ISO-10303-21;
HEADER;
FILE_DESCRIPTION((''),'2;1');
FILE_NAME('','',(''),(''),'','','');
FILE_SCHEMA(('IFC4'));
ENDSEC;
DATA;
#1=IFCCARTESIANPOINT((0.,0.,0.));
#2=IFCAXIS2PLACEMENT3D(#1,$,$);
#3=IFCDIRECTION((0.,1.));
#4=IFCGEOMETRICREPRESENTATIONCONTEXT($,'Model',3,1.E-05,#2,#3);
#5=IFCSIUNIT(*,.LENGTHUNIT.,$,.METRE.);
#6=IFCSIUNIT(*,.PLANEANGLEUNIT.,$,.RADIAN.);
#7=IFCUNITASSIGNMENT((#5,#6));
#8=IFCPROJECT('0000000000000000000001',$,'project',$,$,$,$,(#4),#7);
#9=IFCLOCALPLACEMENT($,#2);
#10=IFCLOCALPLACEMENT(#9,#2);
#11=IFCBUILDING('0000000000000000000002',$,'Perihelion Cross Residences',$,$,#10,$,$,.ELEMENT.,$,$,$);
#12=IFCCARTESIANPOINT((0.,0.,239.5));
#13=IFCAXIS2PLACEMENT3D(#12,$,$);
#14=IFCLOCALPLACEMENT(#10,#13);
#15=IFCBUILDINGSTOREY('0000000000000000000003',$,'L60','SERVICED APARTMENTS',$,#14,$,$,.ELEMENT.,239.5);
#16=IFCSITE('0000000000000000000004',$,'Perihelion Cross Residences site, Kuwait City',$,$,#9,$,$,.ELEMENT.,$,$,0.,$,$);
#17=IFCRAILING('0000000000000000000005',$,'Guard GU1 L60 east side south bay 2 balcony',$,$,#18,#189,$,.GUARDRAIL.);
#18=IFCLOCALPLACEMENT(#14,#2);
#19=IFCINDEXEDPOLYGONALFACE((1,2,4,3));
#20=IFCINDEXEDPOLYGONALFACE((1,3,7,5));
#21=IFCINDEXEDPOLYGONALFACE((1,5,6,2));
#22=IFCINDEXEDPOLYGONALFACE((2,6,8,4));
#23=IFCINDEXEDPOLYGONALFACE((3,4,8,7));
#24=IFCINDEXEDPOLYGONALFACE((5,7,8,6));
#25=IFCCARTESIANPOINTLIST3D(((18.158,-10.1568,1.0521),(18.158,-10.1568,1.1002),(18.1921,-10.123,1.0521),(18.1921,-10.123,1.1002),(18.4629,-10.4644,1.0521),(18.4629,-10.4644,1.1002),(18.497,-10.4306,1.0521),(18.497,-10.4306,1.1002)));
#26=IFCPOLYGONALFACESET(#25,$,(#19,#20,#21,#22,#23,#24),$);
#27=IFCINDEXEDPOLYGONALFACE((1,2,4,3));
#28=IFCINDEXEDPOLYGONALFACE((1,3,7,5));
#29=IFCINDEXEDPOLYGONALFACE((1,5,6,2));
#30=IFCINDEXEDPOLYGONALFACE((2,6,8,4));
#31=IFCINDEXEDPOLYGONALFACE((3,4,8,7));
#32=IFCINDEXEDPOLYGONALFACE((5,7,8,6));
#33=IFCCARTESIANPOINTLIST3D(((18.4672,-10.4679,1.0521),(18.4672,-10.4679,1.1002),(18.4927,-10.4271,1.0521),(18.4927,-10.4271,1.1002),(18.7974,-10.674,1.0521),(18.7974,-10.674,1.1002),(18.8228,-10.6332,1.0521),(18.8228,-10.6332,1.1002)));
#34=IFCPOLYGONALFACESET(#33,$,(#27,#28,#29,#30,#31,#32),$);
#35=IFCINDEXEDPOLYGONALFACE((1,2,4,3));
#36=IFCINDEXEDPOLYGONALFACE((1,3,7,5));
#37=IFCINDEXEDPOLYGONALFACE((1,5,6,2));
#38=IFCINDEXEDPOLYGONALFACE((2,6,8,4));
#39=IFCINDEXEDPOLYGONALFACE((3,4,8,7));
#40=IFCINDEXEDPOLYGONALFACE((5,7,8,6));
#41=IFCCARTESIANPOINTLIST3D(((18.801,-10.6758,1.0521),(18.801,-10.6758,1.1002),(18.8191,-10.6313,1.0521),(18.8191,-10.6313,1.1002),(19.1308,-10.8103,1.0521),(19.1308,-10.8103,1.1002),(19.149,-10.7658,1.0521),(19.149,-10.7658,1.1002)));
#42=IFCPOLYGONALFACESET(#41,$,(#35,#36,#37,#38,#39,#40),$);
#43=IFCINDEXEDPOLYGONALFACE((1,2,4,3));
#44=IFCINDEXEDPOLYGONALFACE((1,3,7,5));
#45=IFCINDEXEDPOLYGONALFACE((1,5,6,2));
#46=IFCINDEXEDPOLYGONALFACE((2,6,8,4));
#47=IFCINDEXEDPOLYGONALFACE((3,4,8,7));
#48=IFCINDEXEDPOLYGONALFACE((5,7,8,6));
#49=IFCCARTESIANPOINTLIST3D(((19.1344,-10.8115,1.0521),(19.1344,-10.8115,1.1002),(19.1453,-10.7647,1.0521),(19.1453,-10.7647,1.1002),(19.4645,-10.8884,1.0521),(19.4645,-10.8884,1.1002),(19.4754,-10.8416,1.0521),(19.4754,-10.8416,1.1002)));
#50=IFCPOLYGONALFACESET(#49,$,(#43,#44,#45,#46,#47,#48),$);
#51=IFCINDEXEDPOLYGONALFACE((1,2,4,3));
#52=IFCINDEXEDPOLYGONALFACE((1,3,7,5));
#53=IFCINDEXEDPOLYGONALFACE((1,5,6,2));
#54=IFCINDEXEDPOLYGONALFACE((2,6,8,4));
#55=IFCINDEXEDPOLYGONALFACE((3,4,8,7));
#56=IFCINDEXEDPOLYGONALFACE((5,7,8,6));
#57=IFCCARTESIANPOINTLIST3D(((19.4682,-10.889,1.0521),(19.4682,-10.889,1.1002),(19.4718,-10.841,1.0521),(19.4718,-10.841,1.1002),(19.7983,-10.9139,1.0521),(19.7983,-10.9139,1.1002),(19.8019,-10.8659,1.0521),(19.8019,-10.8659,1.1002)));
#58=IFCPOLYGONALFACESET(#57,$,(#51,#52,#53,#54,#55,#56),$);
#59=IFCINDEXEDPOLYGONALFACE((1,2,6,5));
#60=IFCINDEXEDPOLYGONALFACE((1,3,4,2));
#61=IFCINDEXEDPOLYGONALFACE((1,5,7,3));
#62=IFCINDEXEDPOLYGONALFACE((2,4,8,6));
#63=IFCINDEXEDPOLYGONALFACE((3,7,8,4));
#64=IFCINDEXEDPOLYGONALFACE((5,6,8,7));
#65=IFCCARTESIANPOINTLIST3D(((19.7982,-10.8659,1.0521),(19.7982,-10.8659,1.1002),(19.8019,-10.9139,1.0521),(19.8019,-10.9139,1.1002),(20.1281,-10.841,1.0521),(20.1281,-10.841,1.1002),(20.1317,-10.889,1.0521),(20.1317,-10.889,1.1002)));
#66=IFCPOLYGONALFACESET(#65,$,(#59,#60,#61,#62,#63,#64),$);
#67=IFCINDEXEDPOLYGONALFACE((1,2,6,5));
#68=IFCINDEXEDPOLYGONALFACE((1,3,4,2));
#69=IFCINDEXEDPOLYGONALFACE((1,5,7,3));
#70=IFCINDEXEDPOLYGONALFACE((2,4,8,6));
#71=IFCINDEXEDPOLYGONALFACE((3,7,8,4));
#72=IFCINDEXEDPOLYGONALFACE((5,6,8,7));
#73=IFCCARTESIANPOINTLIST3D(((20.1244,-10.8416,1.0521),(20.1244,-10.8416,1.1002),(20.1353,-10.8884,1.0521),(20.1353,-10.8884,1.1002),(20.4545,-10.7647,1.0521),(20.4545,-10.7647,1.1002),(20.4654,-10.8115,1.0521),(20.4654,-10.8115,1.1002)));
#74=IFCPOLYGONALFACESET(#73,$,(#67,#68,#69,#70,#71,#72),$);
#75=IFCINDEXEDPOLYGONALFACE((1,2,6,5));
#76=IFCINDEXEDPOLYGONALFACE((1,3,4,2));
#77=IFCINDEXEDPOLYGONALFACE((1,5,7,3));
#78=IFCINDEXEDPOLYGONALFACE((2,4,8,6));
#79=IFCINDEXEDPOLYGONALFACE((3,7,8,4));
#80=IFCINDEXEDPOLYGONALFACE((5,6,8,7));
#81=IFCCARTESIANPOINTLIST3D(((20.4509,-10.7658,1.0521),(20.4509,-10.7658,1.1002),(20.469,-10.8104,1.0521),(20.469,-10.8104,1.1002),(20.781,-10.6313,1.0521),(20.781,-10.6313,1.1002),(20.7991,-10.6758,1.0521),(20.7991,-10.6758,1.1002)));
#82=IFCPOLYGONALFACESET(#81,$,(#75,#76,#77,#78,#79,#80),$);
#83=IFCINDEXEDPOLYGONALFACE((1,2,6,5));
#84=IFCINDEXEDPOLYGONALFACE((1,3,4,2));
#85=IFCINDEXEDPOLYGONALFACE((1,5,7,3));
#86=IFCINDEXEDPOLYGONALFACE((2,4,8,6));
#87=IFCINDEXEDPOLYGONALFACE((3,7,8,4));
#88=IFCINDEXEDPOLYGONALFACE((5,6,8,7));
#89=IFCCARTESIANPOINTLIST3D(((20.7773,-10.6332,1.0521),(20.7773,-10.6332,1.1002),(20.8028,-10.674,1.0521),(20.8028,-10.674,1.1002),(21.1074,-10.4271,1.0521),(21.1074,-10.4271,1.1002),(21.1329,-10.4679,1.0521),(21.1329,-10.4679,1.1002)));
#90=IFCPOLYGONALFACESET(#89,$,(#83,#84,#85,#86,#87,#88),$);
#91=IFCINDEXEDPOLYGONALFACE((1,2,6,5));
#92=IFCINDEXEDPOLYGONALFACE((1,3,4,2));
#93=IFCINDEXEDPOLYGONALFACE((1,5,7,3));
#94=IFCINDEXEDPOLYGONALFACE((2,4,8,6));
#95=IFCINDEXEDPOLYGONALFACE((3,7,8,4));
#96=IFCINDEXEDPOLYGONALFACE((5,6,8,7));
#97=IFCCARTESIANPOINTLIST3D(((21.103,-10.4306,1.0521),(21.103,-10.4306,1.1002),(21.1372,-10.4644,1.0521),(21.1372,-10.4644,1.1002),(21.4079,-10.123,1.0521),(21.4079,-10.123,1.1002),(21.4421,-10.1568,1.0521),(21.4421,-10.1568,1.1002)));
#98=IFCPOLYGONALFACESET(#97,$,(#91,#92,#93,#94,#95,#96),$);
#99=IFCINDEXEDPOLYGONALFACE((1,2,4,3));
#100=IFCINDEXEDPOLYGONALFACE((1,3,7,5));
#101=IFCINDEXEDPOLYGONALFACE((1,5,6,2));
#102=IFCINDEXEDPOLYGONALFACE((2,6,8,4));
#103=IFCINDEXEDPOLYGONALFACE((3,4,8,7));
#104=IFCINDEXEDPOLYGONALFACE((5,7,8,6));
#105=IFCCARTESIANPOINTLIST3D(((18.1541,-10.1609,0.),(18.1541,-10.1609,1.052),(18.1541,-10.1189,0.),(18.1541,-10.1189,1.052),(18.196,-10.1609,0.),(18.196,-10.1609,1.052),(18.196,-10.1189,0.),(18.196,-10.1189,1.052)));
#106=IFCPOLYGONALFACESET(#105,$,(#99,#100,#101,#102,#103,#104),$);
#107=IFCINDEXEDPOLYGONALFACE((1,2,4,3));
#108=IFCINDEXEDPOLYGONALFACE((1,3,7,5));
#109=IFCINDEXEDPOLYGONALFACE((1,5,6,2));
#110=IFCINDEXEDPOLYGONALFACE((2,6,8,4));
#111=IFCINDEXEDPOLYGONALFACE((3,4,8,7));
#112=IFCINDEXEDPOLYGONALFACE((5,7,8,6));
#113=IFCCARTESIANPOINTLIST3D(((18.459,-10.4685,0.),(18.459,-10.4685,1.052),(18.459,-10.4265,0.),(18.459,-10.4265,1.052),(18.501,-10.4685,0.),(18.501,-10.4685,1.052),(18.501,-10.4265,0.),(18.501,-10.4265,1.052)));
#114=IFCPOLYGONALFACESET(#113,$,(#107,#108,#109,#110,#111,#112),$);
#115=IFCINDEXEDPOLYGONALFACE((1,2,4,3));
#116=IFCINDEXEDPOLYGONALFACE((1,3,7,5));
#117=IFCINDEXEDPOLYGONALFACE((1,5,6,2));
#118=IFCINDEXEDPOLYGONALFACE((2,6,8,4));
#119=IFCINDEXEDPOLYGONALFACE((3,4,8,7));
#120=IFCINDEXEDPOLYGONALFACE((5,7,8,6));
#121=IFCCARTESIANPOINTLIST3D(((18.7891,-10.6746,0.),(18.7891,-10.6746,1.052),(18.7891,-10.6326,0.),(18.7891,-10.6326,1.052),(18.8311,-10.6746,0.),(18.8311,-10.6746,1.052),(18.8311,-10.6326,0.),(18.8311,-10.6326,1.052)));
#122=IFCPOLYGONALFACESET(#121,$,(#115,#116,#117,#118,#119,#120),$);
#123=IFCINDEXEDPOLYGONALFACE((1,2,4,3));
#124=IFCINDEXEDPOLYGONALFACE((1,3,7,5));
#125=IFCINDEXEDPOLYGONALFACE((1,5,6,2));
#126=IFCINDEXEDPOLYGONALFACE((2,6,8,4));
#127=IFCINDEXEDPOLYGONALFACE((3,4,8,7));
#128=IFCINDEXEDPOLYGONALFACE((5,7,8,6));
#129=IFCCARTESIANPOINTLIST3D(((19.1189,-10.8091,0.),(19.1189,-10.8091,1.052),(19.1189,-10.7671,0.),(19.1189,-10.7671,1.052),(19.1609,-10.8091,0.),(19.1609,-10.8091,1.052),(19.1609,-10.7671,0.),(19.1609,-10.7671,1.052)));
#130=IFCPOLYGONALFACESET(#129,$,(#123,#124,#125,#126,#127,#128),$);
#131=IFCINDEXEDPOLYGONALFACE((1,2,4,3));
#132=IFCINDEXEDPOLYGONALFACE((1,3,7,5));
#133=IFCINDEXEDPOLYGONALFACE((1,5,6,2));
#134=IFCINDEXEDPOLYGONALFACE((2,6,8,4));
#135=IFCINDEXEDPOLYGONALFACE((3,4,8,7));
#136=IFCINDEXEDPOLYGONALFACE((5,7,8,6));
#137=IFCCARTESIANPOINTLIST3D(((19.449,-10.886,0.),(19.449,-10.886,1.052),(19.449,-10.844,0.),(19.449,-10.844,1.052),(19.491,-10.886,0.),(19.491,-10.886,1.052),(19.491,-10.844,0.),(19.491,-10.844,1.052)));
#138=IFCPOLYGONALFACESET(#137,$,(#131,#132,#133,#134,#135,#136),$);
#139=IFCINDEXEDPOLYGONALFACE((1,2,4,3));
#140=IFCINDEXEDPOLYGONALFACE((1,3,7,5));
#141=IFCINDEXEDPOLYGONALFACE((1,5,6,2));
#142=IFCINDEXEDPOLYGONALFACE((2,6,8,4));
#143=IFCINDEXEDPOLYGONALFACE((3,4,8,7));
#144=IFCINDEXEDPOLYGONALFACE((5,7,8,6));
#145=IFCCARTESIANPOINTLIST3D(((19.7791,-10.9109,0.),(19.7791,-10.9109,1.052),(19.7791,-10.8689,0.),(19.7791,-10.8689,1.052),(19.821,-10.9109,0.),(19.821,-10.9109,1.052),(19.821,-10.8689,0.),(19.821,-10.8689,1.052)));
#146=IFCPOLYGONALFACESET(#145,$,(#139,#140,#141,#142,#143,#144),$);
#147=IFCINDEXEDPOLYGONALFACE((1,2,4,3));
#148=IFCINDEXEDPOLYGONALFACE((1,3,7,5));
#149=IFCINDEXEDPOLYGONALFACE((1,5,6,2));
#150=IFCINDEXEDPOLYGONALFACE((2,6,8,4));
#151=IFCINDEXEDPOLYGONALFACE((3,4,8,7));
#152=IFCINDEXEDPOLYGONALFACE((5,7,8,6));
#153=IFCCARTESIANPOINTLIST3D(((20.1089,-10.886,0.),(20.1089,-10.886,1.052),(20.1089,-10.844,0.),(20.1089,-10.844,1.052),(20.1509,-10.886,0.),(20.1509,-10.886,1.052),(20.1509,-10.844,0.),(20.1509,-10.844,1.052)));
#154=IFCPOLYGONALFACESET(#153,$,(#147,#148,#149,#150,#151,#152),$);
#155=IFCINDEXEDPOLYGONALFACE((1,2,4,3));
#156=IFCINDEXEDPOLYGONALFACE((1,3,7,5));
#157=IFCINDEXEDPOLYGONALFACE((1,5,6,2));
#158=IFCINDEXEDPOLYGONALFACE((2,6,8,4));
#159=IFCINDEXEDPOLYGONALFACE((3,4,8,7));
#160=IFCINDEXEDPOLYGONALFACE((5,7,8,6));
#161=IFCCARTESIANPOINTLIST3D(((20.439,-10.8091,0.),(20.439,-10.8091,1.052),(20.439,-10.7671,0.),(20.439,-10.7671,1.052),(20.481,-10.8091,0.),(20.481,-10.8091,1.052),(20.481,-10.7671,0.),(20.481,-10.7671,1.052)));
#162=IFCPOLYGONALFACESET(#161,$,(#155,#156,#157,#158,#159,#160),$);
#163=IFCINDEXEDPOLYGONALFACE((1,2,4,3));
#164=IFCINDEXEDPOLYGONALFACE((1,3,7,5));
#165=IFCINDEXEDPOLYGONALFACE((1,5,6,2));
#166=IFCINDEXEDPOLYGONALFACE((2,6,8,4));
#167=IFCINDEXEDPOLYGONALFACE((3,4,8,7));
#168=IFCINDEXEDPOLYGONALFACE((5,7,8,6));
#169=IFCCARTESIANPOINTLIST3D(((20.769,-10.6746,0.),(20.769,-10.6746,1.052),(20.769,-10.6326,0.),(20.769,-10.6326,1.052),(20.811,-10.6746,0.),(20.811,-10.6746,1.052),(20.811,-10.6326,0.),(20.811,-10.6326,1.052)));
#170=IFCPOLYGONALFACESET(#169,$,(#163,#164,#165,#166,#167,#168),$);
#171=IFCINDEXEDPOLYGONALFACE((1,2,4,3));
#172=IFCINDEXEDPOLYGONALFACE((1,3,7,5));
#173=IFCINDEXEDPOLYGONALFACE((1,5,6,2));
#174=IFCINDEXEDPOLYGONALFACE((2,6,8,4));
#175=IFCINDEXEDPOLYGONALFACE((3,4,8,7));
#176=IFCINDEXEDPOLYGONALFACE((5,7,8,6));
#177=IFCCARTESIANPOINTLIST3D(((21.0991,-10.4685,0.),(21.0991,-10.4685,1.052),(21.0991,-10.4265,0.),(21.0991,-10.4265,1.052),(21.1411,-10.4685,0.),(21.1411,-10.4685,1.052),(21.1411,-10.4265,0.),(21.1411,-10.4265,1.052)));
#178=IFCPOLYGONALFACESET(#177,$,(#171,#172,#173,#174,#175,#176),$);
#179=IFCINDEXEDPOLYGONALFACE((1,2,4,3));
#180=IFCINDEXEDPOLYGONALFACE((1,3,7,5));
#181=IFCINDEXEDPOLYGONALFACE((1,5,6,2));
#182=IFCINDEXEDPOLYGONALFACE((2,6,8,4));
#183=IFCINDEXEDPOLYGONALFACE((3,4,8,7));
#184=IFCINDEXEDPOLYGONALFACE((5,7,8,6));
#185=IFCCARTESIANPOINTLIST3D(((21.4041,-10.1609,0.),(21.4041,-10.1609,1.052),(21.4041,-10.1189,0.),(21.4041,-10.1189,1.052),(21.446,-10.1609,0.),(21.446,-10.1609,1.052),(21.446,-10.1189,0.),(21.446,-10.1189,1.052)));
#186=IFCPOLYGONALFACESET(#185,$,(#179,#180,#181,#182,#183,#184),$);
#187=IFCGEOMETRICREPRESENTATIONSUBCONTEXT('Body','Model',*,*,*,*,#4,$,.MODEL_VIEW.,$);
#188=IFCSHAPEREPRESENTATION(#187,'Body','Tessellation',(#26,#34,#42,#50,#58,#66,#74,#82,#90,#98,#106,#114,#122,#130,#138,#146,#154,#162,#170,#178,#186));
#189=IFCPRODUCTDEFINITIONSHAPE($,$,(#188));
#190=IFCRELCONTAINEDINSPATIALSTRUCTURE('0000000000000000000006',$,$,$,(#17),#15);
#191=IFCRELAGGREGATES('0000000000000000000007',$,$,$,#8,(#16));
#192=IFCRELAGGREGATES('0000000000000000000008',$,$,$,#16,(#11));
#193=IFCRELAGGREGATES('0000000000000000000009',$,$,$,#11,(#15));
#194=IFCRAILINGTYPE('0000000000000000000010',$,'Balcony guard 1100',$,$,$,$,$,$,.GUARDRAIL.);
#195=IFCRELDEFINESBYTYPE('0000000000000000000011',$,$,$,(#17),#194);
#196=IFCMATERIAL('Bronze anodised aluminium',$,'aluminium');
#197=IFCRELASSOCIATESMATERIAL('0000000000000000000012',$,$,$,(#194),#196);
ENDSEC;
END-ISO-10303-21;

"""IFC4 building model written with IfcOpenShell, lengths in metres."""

from ifc_helpers import new_model, si_unit, direction, frame, origin, origin_2d, place, context, subcontext, project, spatial, rectangle, extrude, material, type_object, element, save


model = new_model("IFC4")

# Units and contexts
model_context = context("Model", 3, precision=1e-05, world=origin(), true_north=direction((0.0, 1.0)))
body_context = subcontext(model_context, "Body", "Model", "MODEL_VIEW")
ifc_project = project(units=[si_unit("LENGTHUNIT", "METRE"), si_unit("PLANEANGLEUNIT", "RADIAN")], contexts=[model_context])

# Site, building, storey
site_placement = place(None, origin())
site = spatial("IfcSite", under=ifc_project, at=site_placement, Name="Perihelion Cross Residences site, Kuwait City", CompositionType="ELEMENT", RefElevation=0.0)
building_placement = place(site_placement, origin())
building = spatial("IfcBuilding", under=site, at=building_placement, Name="Perihelion Cross Residences", CompositionType="ELEMENT")
storey_placement = place(building_placement, frame((0.0, 0.0, 239.5)))
storey = spatial("IfcBuildingStorey", under=building, at=storey_placement, Name="L60", Description="SERVICED APARTMENTS", CompositionType="ELEMENT", Elevation=239.5)

# Railing
ifc_material_1 = material(Name="Bronze anodised aluminium", Category="aluminium")
railing_type = type_object("IfcRailingType", Name="Balcony guard 1100", PredefinedType="GUARDRAIL", material=ifc_material_1)
railing_placement = place(storey_placement, frame((18.175, -10.1399, 0.0)))
element("IfcRailing", 1, at=railing_placement, inside=storey, type_object=railing_type, Name="Guard GU1 L60 east side south bay 2 balcony", PredefinedType="GUARDRAIL", context=body_context, shape_type="SweptSolid", body=[
    extrude(rectangle(XDim=0.0481, YDim=0.0481, at=origin_2d()), frame((0.0, 0.0, 1.0762), z_axis=(0.704, -0.7102, 0.0), x_axis=(0.7102, 0.704, 0.0)), (0.0, 0.0, 1.0), 0.4331),
    extrude(rectangle(XDim=0.0481, YDim=0.0481, at=origin_2d()), frame((0.3049, -0.3076, 1.0762), z_axis=(0.84828, -0.529548, 0.0), x_axis=(0.529548, 0.84828, 0.0)), (0.0, 0.0, 1.0), 0.3892),
    extrude(rectangle(XDim=0.0481, YDim=0.0481, at=origin_2d()), frame((0.635, -0.5137, 1.0762), z_axis=(0.92595, -0.377645, 0.0), x_axis=(0.377645, 0.92595, 0.0)), (0.0, 0.0, 1.0), 0.3562),
    extrude(rectangle(XDim=0.0481, YDim=0.0481, at=origin_2d()), frame((0.9648, -0.6482, 1.0762), z_axis=(0.973916, -0.226911, 0.0), x_axis=(0.226911, 0.973916, 0.0)), (0.0, 0.0, 1.0), 0.3389),
    extrude(rectangle(XDim=0.0481, YDim=0.0481, at=origin_2d()), frame((1.2949, -0.7251, 1.0762), z_axis=(0.997166, -0.07523, 0.0), x_axis=(0.07523, 0.997166, 0.0)), (0.0, 0.0, 1.0), 0.3311),
    extrude(rectangle(XDim=0.0481, YDim=0.0481, at=origin_2d()), frame((1.625, -0.75, 1.0762), z_axis=(0.997162, 0.075285, 0.0), x_axis=(-0.075285, 0.997162, 0.0)), (0.0, 0.0, 1.0), 0.3308),
    extrude(rectangle(XDim=0.0481, YDim=0.0481, at=origin_2d()), frame((1.9548, -0.7251, 1.0762), z_axis=(0.973916, 0.226911, 0.0), x_axis=(-0.226911, 0.973916, 0.0)), (0.0, 0.0, 1.0), 0.3389),
    extrude(rectangle(XDim=0.0481, YDim=0.0481, at=origin_2d()), frame((2.2849, -0.6482, 1.0762), z_axis=(0.926048, 0.377406, 0.0), x_axis=(-0.377406, 0.926048, 0.0)), (0.0, 0.0, 1.0), 0.3564),
    extrude(rectangle(XDim=0.0481, YDim=0.0481, at=origin_2d()), frame((2.615, -0.5137, 1.0762), z_axis=(0.84828, 0.529548, 0.0), x_axis=(-0.529548, 0.84828, 0.0)), (0.0, 0.0, 1.0), 0.3892),
    extrude(rectangle(XDim=0.0481, YDim=0.0481, at=origin_2d()), frame((2.9451, -0.3076, 1.0762), z_axis=(0.704, 0.7102, 0.0), x_axis=(-0.7102, 0.704, 0.0)), (0.0, 0.0, 1.0), 0.4331),
    extrude(rectangle(XDim=0.042, YDim=0.042, at=origin_2d()), origin(), (0.0, 0.0, 1.0), 1.052),
    extrude(rectangle(XDim=0.042, YDim=0.042, at=origin_2d()), frame((0.3049, -0.3076, 0.0)), (0.0, 0.0, 1.0), 1.052),
    extrude(rectangle(XDim=0.042, YDim=0.042, at=origin_2d()), frame((0.635, -0.5137, 0.0)), (0.0, 0.0, 1.0), 1.052),
    extrude(rectangle(XDim=0.042, YDim=0.042, at=origin_2d()), frame((0.9648, -0.6482, 0.0)), (0.0, 0.0, 1.0), 1.052),
    extrude(rectangle(XDim=0.042, YDim=0.042, at=origin_2d()), frame((1.2949, -0.7251, 0.0)), (0.0, 0.0, 1.0), 1.052),
    extrude(rectangle(XDim=0.042, YDim=0.042, at=origin_2d()), frame((1.625, -0.75, 0.0)), (0.0, 0.0, 1.0), 1.052),
    extrude(rectangle(XDim=0.042, YDim=0.042, at=origin_2d()), frame((1.9548, -0.7251, 0.0)), (0.0, 0.0, 1.0), 1.052),
    extrude(rectangle(XDim=0.042, YDim=0.042, at=origin_2d()), frame((2.2849, -0.6482, 0.0)), (0.0, 0.0, 1.0), 1.052),
    extrude(rectangle(XDim=0.042, YDim=0.042, at=origin_2d()), frame((2.615, -0.5137, 0.0)), (0.0, 0.0, 1.0), 1.052),
    extrude(rectangle(XDim=0.042, YDim=0.042, at=origin_2d()), frame((2.9451, -0.3076, 0.0)), (0.0, 0.0, 1.0), 1.052),
    extrude(rectangle(XDim=0.042, YDim=0.042, at=origin_2d()), frame((3.25, 0.0, 0.0)), (0.0, 0.0, 1.0), 1.052),
])

save(model, "model.ifc")
